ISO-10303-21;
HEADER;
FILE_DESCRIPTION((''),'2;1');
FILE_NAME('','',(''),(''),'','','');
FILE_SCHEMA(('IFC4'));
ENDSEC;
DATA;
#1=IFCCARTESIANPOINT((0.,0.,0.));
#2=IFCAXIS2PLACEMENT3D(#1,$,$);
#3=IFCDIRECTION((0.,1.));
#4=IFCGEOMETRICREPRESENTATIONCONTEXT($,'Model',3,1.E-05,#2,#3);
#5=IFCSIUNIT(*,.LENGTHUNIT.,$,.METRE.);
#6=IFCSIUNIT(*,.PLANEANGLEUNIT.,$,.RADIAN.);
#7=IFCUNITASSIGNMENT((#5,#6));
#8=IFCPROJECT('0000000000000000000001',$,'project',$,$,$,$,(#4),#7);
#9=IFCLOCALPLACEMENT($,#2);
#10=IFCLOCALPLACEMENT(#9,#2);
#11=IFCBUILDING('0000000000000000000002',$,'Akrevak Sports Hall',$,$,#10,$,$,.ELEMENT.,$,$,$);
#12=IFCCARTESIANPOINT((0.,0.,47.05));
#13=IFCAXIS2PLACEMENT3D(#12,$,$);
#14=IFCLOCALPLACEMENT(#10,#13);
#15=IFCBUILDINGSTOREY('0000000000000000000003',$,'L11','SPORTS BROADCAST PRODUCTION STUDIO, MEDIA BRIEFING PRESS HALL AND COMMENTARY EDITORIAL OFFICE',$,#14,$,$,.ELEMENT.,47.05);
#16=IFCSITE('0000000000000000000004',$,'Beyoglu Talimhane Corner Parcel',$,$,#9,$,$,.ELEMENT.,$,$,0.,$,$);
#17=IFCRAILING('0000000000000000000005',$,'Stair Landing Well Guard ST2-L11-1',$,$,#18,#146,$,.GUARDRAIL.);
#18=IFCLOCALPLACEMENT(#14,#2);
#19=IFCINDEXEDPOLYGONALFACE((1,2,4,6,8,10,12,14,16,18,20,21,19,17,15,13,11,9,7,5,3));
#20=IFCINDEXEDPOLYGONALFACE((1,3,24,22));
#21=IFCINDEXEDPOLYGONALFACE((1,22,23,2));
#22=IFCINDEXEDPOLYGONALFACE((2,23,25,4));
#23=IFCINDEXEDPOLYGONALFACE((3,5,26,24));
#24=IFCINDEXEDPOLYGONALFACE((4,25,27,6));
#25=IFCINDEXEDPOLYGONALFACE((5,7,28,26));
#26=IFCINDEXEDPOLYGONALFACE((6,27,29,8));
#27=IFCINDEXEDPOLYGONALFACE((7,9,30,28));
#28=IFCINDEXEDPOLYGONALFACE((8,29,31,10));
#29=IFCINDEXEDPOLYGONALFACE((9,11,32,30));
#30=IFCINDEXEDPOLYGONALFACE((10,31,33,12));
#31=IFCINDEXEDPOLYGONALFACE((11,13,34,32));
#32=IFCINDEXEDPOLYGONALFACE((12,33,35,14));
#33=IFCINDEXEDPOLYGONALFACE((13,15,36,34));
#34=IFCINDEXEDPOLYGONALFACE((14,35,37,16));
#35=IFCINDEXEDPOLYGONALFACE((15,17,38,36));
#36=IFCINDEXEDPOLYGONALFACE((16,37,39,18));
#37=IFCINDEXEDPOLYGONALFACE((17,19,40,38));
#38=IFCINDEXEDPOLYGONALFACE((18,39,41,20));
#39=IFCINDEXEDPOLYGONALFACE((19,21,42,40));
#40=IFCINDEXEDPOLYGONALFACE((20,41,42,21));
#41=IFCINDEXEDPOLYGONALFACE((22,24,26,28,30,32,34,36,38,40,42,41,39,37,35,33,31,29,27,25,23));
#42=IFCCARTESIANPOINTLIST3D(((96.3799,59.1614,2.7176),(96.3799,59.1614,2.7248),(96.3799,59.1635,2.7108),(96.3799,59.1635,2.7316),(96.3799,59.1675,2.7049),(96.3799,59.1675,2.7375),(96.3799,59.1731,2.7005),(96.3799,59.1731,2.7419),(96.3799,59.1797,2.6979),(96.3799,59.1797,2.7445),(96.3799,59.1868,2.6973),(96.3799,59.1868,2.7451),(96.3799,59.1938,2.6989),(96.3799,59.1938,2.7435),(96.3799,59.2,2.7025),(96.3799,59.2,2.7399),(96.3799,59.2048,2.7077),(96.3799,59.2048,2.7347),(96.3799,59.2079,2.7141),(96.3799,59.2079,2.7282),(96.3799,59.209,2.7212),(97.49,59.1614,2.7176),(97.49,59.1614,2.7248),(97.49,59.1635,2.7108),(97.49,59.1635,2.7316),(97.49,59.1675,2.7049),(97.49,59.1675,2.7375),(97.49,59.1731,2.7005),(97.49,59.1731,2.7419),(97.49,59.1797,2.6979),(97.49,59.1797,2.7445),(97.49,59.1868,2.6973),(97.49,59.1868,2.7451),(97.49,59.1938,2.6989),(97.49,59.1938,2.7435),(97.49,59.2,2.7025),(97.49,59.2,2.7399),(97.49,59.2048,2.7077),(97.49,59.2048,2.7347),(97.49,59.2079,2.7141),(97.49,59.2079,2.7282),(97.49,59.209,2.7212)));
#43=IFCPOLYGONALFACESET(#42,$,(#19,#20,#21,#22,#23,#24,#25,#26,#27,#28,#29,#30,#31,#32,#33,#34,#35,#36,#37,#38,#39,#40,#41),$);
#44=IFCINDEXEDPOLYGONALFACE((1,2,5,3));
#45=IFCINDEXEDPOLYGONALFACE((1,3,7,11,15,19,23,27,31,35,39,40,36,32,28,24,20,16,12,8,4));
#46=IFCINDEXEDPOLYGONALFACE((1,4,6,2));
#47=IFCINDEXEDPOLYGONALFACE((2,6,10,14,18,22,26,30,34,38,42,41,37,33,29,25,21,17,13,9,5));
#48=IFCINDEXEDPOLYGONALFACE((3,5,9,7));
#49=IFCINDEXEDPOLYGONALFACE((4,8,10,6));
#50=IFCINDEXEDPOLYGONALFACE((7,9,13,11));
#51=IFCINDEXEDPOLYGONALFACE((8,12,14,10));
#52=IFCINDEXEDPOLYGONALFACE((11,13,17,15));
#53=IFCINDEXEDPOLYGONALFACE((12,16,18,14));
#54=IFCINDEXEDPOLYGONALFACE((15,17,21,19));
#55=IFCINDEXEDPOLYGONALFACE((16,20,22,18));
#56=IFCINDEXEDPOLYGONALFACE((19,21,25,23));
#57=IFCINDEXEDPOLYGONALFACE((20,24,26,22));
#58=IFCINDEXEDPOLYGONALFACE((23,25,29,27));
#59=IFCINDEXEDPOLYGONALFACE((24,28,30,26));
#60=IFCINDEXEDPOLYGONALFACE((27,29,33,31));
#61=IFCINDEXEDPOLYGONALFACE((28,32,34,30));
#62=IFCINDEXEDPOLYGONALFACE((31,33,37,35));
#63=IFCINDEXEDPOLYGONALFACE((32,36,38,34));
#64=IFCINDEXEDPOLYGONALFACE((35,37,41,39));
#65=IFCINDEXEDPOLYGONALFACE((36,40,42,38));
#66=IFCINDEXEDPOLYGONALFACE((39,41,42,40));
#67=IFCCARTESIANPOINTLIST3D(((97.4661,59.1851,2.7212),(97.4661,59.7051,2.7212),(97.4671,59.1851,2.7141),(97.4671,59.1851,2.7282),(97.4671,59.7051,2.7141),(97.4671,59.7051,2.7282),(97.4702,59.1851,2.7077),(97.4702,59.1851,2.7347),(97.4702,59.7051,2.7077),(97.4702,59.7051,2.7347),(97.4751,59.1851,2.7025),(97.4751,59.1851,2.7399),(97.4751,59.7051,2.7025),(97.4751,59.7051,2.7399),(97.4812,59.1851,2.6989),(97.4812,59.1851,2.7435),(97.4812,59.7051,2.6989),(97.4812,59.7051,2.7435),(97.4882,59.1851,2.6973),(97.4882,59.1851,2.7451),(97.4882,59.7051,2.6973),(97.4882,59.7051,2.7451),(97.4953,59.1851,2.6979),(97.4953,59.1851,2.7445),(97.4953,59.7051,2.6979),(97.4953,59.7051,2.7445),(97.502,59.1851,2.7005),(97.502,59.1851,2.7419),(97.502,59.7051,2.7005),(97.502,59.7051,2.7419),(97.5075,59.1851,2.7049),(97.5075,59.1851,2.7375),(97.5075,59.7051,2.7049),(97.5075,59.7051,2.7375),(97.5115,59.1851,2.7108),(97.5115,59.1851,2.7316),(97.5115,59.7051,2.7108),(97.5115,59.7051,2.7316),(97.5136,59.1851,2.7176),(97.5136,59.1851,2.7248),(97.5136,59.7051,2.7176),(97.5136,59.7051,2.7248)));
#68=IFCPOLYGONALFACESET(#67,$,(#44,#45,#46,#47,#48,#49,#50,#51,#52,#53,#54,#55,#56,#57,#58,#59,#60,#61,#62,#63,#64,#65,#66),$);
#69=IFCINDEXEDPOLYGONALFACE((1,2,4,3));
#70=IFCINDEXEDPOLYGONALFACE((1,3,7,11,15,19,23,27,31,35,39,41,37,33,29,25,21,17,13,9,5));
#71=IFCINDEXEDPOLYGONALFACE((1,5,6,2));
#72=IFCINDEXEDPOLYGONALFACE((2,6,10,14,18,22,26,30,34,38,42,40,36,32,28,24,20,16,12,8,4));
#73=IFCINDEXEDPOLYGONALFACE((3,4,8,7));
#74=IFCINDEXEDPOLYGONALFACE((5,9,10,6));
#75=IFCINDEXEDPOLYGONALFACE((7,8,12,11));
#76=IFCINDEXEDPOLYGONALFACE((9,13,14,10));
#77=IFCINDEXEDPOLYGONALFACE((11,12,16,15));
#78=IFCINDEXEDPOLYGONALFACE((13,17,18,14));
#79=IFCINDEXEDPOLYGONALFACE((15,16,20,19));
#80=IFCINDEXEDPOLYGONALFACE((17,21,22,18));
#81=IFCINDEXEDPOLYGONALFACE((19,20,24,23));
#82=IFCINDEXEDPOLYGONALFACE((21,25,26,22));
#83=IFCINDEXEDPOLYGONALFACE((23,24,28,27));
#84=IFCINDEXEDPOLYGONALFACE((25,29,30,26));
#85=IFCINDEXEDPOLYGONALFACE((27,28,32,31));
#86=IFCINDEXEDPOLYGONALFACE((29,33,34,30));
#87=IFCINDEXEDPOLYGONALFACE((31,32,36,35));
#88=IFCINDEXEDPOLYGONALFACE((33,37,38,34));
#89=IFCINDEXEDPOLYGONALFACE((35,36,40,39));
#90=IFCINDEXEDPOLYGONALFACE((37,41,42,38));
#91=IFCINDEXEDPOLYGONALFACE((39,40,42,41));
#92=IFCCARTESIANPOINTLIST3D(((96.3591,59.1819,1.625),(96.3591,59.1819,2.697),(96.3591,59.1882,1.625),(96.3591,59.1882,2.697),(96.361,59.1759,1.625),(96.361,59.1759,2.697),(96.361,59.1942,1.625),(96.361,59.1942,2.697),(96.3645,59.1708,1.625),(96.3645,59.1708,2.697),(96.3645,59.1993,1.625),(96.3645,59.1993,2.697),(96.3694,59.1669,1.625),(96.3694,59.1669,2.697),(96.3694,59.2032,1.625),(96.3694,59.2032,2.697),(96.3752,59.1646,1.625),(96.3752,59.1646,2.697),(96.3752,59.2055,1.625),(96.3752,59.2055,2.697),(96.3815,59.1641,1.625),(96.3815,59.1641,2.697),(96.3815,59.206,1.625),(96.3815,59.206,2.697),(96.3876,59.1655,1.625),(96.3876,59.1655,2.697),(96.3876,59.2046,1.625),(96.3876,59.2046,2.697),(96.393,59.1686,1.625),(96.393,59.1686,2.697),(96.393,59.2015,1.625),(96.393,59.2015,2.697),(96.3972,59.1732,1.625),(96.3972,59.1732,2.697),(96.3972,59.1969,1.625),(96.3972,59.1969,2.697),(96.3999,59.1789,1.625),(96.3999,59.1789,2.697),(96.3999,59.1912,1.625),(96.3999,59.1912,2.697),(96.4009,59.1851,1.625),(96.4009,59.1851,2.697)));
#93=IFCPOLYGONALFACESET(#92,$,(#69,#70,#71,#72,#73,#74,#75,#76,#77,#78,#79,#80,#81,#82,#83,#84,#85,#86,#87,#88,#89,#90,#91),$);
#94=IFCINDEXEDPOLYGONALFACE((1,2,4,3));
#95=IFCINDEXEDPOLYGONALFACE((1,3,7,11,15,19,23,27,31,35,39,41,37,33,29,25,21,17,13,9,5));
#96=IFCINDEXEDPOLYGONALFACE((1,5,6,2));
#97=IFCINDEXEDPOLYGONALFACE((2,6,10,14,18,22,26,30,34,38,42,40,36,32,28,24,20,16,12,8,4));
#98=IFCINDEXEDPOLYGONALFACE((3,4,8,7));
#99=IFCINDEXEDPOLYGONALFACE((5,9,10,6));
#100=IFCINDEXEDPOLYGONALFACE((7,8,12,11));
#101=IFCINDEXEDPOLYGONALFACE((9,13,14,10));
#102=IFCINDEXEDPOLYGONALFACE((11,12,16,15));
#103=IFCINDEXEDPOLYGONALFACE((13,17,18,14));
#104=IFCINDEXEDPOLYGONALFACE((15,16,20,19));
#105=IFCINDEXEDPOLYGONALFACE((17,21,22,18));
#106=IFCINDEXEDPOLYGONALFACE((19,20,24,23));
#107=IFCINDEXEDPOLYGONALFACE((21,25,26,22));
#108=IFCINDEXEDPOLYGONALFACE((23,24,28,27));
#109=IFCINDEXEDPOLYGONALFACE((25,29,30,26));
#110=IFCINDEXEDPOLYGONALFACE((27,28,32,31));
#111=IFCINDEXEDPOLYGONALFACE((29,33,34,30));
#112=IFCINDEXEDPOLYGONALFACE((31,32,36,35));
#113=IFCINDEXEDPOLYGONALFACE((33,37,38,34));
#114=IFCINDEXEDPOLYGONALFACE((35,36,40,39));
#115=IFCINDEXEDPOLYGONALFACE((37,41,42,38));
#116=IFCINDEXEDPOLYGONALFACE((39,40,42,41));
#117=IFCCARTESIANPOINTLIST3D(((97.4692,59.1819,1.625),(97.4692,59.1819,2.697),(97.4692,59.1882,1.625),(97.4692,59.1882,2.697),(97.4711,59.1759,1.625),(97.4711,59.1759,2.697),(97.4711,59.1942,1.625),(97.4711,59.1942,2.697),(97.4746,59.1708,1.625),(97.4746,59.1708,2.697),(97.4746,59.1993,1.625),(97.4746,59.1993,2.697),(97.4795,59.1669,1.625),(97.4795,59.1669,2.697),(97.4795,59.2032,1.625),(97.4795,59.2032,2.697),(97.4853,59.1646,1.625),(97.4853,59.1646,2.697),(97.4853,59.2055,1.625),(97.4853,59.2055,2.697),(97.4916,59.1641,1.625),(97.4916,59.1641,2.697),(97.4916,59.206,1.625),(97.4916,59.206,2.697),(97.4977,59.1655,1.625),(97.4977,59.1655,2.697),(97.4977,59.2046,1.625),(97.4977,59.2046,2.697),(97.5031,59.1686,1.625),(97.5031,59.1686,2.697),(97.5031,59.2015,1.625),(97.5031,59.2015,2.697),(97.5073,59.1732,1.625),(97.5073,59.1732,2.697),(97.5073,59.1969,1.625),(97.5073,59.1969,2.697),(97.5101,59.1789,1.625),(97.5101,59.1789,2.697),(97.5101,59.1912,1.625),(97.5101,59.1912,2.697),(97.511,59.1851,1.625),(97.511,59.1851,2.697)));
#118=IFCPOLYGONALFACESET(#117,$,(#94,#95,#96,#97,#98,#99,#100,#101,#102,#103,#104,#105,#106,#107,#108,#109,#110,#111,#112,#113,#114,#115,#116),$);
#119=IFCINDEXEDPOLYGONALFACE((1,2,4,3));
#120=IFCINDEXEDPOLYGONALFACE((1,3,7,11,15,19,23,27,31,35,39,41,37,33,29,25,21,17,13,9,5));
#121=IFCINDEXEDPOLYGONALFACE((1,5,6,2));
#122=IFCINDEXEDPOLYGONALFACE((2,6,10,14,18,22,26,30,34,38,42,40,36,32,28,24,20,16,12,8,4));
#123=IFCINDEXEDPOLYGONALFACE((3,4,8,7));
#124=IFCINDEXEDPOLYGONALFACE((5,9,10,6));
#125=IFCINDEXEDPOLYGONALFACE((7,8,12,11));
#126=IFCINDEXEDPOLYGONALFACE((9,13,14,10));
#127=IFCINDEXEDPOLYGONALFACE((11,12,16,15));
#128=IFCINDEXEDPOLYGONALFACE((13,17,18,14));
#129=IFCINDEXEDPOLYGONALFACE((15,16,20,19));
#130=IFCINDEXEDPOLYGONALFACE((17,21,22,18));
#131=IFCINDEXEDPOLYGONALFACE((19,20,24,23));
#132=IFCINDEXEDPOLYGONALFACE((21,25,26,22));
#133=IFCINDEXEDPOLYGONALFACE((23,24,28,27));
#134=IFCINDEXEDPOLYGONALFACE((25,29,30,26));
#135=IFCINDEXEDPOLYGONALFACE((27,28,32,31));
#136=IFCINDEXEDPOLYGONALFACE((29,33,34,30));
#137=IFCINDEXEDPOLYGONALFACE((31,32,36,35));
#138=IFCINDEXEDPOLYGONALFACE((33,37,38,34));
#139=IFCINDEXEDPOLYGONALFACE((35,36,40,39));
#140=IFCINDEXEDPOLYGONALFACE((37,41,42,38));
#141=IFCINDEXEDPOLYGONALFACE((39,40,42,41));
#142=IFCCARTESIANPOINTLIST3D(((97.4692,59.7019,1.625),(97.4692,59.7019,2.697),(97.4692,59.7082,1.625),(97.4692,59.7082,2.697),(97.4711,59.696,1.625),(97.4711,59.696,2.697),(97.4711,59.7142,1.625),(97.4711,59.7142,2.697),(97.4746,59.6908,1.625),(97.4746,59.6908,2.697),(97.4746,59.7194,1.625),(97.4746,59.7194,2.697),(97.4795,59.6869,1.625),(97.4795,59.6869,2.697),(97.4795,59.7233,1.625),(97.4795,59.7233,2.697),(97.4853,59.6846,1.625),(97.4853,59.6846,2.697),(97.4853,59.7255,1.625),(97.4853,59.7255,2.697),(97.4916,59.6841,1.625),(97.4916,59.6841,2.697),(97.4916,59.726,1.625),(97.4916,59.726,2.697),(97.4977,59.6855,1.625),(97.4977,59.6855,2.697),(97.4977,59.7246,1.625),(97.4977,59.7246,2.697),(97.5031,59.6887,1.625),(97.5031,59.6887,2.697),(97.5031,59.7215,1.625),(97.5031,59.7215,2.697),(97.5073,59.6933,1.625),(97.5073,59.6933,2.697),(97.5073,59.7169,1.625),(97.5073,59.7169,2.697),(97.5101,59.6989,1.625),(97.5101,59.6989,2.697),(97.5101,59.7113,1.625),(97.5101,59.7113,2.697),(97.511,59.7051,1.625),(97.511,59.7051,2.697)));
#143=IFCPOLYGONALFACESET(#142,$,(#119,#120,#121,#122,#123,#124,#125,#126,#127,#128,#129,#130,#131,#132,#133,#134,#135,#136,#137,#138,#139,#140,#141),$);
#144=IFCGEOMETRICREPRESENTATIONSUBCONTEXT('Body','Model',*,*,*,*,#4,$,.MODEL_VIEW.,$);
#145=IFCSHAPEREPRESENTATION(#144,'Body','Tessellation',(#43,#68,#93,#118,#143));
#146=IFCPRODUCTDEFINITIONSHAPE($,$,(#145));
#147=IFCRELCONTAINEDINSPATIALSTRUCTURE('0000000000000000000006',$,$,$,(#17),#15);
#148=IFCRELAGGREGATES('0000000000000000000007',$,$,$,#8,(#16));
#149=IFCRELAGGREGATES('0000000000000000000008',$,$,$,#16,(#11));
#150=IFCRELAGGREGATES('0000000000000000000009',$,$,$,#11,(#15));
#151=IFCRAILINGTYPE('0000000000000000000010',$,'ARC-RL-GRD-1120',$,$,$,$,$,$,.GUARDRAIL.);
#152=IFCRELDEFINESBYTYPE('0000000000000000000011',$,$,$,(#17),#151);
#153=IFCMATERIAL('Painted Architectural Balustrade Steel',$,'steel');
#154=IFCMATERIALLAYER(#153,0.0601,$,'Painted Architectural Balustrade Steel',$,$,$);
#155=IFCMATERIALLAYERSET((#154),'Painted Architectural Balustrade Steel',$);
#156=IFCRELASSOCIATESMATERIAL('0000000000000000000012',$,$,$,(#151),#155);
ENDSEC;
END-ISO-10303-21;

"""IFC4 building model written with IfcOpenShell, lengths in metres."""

from ifc_helpers import new_model, si_unit, direction, frame, origin, origin_2d, place, context, subcontext, project, spatial, circle, extrude, material, layer, layer_set, type_object, element, save


model = new_model("IFC4")

# Units and contexts
model_context = context("Model", 3, precision=1e-05, world=origin(), true_north=direction((0.0, 1.0)))
body_context = subcontext(model_context, "Body", "Model", "MODEL_VIEW")
ifc_project = project(units=[si_unit("LENGTHUNIT", "METRE"), si_unit("PLANEANGLEUNIT", "RADIAN")], contexts=[model_context])

# Site, building, storey
site_placement = place(None, origin())
site = spatial("IfcSite", under=ifc_project, at=site_placement, Name="Beyoglu Talimhane Corner Parcel", CompositionType="ELEMENT", RefElevation=0.0)
building_placement = place(site_placement, origin())
building = spatial("IfcBuilding", under=site, at=building_placement, Name="Akrevak Sports Hall", CompositionType="ELEMENT")
storey_placement = place(building_placement, frame((0.0, 0.0, 47.05)))
storey = spatial("IfcBuildingStorey", under=building, at=storey_placement, Name="L11", Description="SPORTS BROADCAST PRODUCTION STUDIO, MEDIA BRIEFING PRESS HALL AND COMMENTARY EDITORIAL OFFICE", CompositionType="ELEMENT", Elevation=47.05)

# Railing
ifc_material_1 = material(Name="Painted Architectural Balustrade Steel", Category="steel")
ifc_layer_1 = layer(ifc_material_1, 0.0601, Name="Painted Architectural Balustrade Steel")
ifc_layer_set_1 = layer_set([ifc_layer_1], Name="Painted Architectural Balustrade Steel")
railing_type_1 = type_object("IfcRailingType", Name="ARC-RL-GRD-1120", PredefinedType="GUARDRAIL", material=ifc_layer_set_1)
railing_1_placement = place(storey_placement, frame((96.3799, 59.1851, 1.625)))
element("IfcRailing", 1, at=railing_1_placement, inside=storey, type_object=railing_type_1, Name="Stair Landing Well Guard ST2-L11-1", PredefinedType="GUARDRAIL", context=body_context, shape_type="SweptSolid", body=[
    extrude(circle(Radius=0.0239, at=origin_2d()), frame((0.0, 0.0, 1.0962), z_axis=(1.0, 0.0, 0.0), x_axis=(0.0, 1.0, 0.0)), (0.0, 0.0, 1.0), 1.1101),
    extrude(circle(Radius=0.0239, at=origin_2d()), frame((1.1101, 0.0, 1.0962), z_axis=(0.0, 1.0, 0.0), x_axis=(-1.0, 0.0, 0.0)), (0.0, 0.0, 1.0), 0.52),
    extrude(circle(Radius=0.021, at=origin_2d()), origin(), (0.0, 0.0, 1.0), 1.072),
    extrude(circle(Radius=0.021, at=origin_2d()), frame((1.1101, 0.0, 0.0)), (0.0, 0.0, 1.0), 1.072),
    extrude(circle(Radius=0.021, at=origin_2d()), frame((1.1101, 0.52, 0.0)), (0.0, 0.0, 1.0), 1.072),
])

save(model, "model.ifc")
